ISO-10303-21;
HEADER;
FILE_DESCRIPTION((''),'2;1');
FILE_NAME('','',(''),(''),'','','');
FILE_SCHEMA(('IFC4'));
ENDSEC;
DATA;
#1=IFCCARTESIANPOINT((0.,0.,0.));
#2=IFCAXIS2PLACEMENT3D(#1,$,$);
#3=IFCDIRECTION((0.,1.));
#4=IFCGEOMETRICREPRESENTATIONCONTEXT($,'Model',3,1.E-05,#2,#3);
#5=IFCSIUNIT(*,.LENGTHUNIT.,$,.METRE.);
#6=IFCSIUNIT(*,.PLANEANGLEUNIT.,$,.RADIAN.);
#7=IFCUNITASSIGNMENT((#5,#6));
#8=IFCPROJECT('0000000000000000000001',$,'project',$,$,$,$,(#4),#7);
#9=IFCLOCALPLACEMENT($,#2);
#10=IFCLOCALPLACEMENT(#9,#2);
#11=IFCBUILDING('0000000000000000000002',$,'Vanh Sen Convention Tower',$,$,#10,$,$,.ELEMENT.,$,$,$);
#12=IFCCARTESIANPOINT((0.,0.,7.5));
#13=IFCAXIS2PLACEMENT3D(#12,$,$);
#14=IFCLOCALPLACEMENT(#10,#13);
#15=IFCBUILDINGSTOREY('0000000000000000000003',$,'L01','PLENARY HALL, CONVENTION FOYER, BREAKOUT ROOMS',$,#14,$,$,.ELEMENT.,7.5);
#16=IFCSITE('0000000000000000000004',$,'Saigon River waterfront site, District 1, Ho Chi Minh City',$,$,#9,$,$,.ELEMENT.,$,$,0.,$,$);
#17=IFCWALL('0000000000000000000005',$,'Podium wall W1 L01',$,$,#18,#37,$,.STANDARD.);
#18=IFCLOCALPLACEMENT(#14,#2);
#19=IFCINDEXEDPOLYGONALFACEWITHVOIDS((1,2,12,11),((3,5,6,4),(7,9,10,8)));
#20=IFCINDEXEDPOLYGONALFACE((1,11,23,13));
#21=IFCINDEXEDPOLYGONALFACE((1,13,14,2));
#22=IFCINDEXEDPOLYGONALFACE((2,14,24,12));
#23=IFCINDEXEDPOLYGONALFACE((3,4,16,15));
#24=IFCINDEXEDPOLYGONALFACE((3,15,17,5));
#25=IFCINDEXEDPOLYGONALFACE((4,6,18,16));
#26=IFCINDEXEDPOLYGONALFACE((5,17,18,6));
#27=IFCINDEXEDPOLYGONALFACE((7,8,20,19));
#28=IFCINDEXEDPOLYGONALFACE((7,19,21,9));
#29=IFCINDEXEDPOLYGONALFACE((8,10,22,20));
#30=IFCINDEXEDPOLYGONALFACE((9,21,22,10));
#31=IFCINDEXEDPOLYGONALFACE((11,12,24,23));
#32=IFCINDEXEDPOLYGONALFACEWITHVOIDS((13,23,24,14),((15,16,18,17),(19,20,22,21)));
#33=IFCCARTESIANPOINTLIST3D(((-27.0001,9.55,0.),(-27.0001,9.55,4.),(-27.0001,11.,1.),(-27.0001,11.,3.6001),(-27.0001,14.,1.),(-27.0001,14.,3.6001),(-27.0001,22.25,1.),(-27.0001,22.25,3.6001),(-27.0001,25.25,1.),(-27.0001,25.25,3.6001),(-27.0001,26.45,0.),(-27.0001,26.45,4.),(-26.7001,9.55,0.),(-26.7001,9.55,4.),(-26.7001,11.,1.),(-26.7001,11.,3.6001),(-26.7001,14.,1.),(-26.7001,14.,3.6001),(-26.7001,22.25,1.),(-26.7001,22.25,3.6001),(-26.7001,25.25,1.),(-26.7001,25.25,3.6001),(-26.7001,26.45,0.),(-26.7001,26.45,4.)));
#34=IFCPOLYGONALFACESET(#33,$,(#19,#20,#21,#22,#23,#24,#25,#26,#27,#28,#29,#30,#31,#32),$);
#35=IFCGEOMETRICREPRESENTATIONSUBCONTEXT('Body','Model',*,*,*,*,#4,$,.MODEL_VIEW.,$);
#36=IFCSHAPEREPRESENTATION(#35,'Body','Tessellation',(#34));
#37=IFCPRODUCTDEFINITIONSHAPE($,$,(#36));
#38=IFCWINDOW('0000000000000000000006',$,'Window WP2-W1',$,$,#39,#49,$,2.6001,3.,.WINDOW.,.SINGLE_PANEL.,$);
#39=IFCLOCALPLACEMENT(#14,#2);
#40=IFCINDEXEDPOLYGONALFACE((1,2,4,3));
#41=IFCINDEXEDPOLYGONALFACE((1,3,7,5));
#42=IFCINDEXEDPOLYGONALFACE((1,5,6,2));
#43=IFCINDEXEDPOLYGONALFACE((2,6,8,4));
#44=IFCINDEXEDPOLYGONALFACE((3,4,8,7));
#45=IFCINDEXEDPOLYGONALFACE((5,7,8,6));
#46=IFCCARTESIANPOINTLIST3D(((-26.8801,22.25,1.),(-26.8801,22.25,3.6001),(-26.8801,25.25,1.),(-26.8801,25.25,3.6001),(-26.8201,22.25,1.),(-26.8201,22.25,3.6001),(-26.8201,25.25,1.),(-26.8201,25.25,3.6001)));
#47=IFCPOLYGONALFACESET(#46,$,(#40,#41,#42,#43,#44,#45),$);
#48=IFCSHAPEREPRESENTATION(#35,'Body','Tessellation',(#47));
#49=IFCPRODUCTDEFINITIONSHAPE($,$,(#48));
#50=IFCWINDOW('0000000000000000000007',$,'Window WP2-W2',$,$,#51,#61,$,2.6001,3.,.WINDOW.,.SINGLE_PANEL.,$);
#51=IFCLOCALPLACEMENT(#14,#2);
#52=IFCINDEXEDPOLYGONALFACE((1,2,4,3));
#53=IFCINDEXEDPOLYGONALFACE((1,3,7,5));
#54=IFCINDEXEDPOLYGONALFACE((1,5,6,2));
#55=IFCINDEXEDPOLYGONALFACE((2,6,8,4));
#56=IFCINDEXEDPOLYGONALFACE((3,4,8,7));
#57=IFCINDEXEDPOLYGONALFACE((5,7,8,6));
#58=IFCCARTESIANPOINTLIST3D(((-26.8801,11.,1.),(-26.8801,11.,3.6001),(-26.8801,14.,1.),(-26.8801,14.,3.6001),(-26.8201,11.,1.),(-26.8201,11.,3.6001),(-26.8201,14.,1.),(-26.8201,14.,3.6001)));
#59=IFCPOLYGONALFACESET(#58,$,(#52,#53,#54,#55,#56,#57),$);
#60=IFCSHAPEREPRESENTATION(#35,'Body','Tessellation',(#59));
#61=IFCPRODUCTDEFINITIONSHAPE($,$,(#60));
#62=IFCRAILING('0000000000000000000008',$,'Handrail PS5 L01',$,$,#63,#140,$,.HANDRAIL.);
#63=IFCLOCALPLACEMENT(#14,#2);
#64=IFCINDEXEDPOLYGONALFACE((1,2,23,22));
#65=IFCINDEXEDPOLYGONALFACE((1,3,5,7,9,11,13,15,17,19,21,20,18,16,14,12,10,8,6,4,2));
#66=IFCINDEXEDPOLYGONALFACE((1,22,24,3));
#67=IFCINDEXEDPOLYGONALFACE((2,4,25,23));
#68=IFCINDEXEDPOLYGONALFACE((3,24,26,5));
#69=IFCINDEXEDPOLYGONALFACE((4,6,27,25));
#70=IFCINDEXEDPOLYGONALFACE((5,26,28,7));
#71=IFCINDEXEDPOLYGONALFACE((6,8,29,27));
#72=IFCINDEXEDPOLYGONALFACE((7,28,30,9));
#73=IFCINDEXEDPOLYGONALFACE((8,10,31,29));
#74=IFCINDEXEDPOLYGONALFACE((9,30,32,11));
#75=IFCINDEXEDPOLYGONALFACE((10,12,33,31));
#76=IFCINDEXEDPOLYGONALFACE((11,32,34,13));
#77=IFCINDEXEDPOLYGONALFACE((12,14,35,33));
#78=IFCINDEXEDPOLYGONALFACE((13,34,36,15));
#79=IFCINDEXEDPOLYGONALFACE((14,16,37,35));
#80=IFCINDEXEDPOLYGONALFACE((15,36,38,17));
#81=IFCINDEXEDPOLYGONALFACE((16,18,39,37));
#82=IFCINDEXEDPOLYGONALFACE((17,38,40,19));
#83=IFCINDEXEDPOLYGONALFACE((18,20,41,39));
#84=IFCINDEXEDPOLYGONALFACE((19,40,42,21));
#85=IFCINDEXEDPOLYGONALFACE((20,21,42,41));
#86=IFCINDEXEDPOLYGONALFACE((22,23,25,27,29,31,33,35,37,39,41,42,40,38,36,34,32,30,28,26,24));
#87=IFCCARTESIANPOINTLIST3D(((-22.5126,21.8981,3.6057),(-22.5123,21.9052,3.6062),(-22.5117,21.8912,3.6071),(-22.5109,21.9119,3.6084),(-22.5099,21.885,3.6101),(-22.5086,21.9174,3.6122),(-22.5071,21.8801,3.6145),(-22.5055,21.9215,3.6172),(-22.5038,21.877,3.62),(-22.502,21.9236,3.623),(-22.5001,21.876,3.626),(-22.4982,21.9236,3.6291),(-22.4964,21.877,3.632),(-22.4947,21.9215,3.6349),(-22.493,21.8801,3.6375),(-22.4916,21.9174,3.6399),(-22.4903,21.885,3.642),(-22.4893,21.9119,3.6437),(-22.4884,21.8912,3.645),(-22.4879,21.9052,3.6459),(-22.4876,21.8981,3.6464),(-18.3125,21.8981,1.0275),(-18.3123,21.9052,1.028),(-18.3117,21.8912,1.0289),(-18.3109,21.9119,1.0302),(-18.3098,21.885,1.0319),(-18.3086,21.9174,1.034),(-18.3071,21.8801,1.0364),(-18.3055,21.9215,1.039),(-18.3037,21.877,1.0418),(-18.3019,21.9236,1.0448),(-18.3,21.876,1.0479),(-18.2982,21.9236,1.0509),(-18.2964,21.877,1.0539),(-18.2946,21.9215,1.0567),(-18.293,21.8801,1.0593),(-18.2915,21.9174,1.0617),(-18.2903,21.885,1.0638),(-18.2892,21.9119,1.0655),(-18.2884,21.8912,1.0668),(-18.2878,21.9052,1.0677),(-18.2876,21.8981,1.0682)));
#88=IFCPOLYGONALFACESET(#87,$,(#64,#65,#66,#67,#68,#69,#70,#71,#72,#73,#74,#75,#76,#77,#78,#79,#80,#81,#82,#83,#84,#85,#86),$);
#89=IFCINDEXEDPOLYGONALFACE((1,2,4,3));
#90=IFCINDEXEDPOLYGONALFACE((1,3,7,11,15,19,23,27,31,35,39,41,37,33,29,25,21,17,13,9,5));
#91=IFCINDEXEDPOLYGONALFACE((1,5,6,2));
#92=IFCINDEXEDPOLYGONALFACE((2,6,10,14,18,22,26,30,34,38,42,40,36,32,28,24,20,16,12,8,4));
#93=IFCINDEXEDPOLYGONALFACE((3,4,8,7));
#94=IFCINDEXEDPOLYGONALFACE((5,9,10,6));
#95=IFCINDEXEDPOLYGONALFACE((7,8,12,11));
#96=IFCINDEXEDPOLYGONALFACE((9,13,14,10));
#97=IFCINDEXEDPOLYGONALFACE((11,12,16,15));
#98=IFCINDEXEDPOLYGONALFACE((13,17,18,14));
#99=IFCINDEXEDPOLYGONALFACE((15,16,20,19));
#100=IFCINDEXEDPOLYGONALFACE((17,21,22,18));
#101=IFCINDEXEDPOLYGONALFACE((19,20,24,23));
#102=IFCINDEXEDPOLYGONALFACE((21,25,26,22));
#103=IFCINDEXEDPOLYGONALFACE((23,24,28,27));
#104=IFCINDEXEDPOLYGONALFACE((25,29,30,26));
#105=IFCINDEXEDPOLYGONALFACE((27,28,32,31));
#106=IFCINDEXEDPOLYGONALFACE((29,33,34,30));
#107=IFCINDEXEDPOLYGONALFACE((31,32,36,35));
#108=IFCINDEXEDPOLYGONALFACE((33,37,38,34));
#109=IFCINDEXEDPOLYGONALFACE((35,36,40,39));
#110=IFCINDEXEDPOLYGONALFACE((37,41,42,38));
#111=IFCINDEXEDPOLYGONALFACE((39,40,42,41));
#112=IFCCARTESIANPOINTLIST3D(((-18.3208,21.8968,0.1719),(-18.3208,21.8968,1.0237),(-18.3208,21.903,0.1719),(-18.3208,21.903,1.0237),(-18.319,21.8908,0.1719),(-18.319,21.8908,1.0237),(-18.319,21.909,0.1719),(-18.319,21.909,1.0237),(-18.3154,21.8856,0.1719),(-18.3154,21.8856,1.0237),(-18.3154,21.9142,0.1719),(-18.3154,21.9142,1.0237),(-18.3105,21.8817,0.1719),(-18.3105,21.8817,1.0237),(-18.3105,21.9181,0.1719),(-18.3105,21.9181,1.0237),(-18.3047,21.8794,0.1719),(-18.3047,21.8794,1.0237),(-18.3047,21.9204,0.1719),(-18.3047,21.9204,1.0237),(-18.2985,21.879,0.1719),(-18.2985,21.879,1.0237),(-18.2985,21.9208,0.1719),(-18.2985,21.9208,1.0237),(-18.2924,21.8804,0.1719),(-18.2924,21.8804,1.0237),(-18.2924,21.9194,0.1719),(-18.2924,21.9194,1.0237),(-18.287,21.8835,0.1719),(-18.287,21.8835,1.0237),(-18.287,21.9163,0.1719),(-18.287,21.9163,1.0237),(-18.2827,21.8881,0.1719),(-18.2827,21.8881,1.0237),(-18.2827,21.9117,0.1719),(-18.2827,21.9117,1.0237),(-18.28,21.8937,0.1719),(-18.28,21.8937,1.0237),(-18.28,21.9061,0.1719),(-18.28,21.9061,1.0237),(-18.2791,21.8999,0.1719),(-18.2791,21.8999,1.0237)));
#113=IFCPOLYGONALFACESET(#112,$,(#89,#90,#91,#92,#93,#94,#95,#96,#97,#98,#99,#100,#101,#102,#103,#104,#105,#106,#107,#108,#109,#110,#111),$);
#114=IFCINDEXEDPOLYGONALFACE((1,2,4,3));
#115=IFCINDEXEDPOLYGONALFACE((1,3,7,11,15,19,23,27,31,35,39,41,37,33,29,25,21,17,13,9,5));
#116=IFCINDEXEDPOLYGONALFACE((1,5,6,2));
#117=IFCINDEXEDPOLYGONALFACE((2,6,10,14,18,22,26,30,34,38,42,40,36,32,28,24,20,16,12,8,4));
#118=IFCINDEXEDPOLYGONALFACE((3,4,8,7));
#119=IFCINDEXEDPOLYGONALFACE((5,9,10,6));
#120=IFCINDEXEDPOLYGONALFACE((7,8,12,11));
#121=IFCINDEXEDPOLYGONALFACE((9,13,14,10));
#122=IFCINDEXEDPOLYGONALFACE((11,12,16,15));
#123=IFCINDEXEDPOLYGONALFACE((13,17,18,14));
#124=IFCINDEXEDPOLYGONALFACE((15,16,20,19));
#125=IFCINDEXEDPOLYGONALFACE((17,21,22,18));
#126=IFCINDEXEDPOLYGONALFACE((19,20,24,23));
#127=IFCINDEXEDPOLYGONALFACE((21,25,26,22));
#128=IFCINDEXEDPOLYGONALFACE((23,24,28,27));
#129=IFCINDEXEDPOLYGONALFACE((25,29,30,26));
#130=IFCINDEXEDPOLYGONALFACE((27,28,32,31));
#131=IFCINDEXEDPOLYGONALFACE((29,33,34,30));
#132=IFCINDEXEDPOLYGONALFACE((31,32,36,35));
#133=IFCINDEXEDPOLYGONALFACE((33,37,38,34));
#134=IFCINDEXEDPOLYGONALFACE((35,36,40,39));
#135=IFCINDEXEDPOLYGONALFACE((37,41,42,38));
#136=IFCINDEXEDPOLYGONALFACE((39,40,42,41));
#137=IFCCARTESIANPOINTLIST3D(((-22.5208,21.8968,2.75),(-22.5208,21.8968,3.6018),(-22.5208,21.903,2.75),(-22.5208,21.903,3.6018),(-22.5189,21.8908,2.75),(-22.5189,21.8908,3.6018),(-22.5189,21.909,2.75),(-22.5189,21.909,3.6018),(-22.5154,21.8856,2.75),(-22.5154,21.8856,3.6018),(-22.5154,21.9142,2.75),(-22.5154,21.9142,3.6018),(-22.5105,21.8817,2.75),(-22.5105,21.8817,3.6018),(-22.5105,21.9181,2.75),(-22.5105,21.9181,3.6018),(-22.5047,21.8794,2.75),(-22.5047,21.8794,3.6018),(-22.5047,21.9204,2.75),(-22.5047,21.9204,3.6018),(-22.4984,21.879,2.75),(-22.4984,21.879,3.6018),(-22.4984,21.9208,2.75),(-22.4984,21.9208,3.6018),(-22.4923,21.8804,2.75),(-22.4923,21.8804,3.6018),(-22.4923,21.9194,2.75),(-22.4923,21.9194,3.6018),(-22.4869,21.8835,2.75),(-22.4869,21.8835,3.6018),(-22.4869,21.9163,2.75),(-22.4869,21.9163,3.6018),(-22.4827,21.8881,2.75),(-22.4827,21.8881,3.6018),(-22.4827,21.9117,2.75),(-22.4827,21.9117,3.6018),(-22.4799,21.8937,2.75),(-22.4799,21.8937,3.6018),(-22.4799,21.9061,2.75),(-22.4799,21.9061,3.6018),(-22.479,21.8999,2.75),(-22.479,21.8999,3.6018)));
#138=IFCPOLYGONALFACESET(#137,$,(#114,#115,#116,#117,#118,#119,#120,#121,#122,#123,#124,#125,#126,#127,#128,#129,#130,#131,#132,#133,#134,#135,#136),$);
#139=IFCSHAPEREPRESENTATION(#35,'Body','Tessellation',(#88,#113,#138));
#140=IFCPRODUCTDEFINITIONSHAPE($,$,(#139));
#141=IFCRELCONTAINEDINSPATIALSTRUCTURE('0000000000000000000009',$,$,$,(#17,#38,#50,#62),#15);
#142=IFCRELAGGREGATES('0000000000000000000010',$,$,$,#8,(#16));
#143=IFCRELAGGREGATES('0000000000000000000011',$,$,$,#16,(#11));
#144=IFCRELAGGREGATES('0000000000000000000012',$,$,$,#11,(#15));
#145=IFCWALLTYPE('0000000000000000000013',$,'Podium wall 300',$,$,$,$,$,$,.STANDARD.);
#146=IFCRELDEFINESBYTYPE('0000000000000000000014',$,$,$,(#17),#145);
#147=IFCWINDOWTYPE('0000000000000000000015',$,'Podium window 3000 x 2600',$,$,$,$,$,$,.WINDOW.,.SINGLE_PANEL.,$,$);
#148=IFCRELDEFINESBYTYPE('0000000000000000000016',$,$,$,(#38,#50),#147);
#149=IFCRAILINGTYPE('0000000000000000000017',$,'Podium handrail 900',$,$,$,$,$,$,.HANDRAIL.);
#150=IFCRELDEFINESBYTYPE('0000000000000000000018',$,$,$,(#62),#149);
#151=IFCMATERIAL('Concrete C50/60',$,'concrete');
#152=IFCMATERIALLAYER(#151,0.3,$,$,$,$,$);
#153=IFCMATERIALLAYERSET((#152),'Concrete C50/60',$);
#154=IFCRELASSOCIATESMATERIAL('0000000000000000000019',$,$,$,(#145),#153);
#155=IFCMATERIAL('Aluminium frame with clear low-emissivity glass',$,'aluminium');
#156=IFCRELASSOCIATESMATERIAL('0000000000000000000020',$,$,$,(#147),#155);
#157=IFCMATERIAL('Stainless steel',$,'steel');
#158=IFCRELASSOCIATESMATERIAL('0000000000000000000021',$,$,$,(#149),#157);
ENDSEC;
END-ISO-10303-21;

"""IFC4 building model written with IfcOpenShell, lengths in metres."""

from ifc_helpers import new_model, si_unit, direction, frame, frame_2d, origin, origin_2d, place, context, subcontext, project, spatial, rectangle, circle, extrude, material, layer, layer_set, type_object, element, fill, save


model = new_model("IFC4")

# Units and contexts
model_context = context("Model", 3, precision=1e-05, world=origin(), true_north=direction((0.0, 1.0)))
body_context = subcontext(model_context, "Body", "Model", "MODEL_VIEW")
ifc_project = project(units=[si_unit("LENGTHUNIT", "METRE"), si_unit("PLANEANGLEUNIT", "RADIAN")], contexts=[model_context])

# Site, building, storey
site_placement = place(None, origin())
site = spatial("IfcSite", under=ifc_project, at=site_placement, Name="Saigon River waterfront site, District 1, Ho Chi Minh City", CompositionType="ELEMENT", RefElevation=0.0)
building_placement = place(site_placement, origin())
building = spatial("IfcBuilding", under=site, at=building_placement, Name="Vanh Sen Convention Tower", CompositionType="ELEMENT")
storey_placement = place(building_placement, frame((0.0, 0.0, 7.5)))
storey = spatial("IfcBuildingStorey", under=building, at=storey_placement, Name="L01", Description="PLENARY HALL, CONVENTION FOYER, BREAKOUT ROOMS", CompositionType="ELEMENT", Elevation=7.5)

# Wall, openings, windows
ifc_material_1 = material(Name="Concrete C50/60", Category="concrete")
ifc_layer_1 = layer(ifc_material_1, 0.3)
ifc_layer_set_1 = layer_set([ifc_layer_1], Name="Concrete C50/60")
wall_type_1 = type_object("IfcWallType", Name="Podium wall 300", PredefinedType="STANDARD", material=ifc_layer_set_1)
wall_1_placement = place(storey_placement, frame((-26.8501, 26.45, 0.0), z_axis=(0.0, 0.0, 1.0), x_axis=(0.0, -1.0, 0.0)))
wall_1 = element("IfcWall", 1, at=wall_1_placement, inside=storey, type_object=wall_type_1, Name="Podium wall W1 L01", PredefinedType="STANDARD", context=body_context, shape_type="SweptSolid", body=[
    extrude(rectangle(XDim=16.8999, YDim=0.3, at=frame_2d((8.45, 0.0))), origin(), (0.0, 0.0, 1.0), 4.0),
])
opening_1_placement = place(wall_1_placement, frame((1.2, 0.0, 1.0)))
opening_1 = element("IfcOpeningElement", 2, at=opening_1_placement, cuts=wall_1, PredefinedType="OPENING", context=body_context, shape_type="SweptSolid", body=[
    extrude(rectangle(XDim=3.0, YDim=2.6001, at=frame_2d((1.5, 1.3))), frame((0.0, 0.1599, 0.0), z_axis=(0.0, -1.0, 0.0), x_axis=(1.0, 0.0, 0.0)), (0.0, 0.0, 1.0), 0.3201),
])
opening_2_placement = place(wall_1_placement, frame((12.45, 0.0, 1.0)))
opening_2 = element("IfcOpeningElement", 3, at=opening_2_placement, cuts=wall_1, PredefinedType="OPENING", context=body_context, shape_type="SweptSolid", body=[
    extrude(rectangle(XDim=3.0, YDim=2.6001, at=frame_2d((1.5, 1.3))), frame((0.0, 0.1599, 0.0), z_axis=(0.0, -1.0, 0.0), x_axis=(1.0, 0.0, 0.0)), (0.0, 0.0, 1.0), 0.3201),
])
ifc_material_2 = material(Name="Aluminium frame with clear low-emissivity glass", Category="aluminium")
window_type = type_object("IfcWindowType", Name="Podium window 3000 x 2600", PartitioningType="SINGLE_PANEL", PredefinedType="WINDOW", material=ifc_material_2)
window_1_placement = place(opening_1_placement, origin())
window_1 = element("IfcWindow", 4, at=window_1_placement, inside=storey, type_object=window_type, Name="Window WP2-W1", OverallHeight=2.6001, OverallWidth=3.0, PartitioningType="SINGLE_PANEL", PredefinedType="WINDOW", context=body_context, shape_type="SweptSolid", body=[
    extrude(rectangle(XDim=3.0, YDim=2.6001, at=frame_2d((1.5, 1.3))), frame((0.0, 0.03, 0.0), z_axis=(0.0, -1.0, 0.0), x_axis=(1.0, 0.0, 0.0)), (0.0, 0.0, 1.0), 0.0601),
])
fill(opening_1, window_1)
window_2_placement = place(opening_2_placement, origin())
window_2 = element("IfcWindow", 5, at=window_2_placement, inside=storey, type_object=window_type, Name="Window WP2-W2", OverallHeight=2.6001, OverallWidth=3.0, PartitioningType="SINGLE_PANEL", PredefinedType="WINDOW", context=body_context, shape_type="SweptSolid", body=[
    extrude(rectangle(XDim=3.0, YDim=2.6001, at=frame_2d((1.5, 1.3))), frame((0.0, 0.03, 0.0), z_axis=(0.0, -1.0, 0.0), x_axis=(1.0, 0.0, 0.0)), (0.0, 0.0, 1.0), 0.0601),
])
fill(opening_2, window_2)

# Railing
ifc_material_3 = material(Name="Stainless steel", Category="steel")
railing_type = type_object("IfcRailingType", Name="Podium handrail 900", PredefinedType="HANDRAIL", material=ifc_material_3)
for number, where, name in (
    (6, (-18.3, 21.8999, 0.1719), "Handrail PS5 L01"),
):
    element("IfcRailing", number, at=place(storey_placement, frame(where)), inside=storey, type_object=railing_type, Name=name, PredefinedType="HANDRAIL", context=body_context, shape_type="SweptSolid", body=[
        extrude(circle(Radius=0.0239, at=origin_2d()), frame((0.0, 0.0, 0.876), z_axis=(-0.852243, 0.0, 0.523146), x_axis=(0.0, -1.0, 0.0)), (0.0, 0.0, 1.0), 4.9282),
        extrude(circle(Radius=0.021, at=origin_2d()), origin(), (0.0, 0.0, 1.0), 0.8518),
        extrude(circle(Radius=0.021, at=origin_2d()), frame((-4.2, 0.0, 2.5781)), (0.0, 0.0, 1.0), 0.8518),
    ])

save(model, "model.ifc")
